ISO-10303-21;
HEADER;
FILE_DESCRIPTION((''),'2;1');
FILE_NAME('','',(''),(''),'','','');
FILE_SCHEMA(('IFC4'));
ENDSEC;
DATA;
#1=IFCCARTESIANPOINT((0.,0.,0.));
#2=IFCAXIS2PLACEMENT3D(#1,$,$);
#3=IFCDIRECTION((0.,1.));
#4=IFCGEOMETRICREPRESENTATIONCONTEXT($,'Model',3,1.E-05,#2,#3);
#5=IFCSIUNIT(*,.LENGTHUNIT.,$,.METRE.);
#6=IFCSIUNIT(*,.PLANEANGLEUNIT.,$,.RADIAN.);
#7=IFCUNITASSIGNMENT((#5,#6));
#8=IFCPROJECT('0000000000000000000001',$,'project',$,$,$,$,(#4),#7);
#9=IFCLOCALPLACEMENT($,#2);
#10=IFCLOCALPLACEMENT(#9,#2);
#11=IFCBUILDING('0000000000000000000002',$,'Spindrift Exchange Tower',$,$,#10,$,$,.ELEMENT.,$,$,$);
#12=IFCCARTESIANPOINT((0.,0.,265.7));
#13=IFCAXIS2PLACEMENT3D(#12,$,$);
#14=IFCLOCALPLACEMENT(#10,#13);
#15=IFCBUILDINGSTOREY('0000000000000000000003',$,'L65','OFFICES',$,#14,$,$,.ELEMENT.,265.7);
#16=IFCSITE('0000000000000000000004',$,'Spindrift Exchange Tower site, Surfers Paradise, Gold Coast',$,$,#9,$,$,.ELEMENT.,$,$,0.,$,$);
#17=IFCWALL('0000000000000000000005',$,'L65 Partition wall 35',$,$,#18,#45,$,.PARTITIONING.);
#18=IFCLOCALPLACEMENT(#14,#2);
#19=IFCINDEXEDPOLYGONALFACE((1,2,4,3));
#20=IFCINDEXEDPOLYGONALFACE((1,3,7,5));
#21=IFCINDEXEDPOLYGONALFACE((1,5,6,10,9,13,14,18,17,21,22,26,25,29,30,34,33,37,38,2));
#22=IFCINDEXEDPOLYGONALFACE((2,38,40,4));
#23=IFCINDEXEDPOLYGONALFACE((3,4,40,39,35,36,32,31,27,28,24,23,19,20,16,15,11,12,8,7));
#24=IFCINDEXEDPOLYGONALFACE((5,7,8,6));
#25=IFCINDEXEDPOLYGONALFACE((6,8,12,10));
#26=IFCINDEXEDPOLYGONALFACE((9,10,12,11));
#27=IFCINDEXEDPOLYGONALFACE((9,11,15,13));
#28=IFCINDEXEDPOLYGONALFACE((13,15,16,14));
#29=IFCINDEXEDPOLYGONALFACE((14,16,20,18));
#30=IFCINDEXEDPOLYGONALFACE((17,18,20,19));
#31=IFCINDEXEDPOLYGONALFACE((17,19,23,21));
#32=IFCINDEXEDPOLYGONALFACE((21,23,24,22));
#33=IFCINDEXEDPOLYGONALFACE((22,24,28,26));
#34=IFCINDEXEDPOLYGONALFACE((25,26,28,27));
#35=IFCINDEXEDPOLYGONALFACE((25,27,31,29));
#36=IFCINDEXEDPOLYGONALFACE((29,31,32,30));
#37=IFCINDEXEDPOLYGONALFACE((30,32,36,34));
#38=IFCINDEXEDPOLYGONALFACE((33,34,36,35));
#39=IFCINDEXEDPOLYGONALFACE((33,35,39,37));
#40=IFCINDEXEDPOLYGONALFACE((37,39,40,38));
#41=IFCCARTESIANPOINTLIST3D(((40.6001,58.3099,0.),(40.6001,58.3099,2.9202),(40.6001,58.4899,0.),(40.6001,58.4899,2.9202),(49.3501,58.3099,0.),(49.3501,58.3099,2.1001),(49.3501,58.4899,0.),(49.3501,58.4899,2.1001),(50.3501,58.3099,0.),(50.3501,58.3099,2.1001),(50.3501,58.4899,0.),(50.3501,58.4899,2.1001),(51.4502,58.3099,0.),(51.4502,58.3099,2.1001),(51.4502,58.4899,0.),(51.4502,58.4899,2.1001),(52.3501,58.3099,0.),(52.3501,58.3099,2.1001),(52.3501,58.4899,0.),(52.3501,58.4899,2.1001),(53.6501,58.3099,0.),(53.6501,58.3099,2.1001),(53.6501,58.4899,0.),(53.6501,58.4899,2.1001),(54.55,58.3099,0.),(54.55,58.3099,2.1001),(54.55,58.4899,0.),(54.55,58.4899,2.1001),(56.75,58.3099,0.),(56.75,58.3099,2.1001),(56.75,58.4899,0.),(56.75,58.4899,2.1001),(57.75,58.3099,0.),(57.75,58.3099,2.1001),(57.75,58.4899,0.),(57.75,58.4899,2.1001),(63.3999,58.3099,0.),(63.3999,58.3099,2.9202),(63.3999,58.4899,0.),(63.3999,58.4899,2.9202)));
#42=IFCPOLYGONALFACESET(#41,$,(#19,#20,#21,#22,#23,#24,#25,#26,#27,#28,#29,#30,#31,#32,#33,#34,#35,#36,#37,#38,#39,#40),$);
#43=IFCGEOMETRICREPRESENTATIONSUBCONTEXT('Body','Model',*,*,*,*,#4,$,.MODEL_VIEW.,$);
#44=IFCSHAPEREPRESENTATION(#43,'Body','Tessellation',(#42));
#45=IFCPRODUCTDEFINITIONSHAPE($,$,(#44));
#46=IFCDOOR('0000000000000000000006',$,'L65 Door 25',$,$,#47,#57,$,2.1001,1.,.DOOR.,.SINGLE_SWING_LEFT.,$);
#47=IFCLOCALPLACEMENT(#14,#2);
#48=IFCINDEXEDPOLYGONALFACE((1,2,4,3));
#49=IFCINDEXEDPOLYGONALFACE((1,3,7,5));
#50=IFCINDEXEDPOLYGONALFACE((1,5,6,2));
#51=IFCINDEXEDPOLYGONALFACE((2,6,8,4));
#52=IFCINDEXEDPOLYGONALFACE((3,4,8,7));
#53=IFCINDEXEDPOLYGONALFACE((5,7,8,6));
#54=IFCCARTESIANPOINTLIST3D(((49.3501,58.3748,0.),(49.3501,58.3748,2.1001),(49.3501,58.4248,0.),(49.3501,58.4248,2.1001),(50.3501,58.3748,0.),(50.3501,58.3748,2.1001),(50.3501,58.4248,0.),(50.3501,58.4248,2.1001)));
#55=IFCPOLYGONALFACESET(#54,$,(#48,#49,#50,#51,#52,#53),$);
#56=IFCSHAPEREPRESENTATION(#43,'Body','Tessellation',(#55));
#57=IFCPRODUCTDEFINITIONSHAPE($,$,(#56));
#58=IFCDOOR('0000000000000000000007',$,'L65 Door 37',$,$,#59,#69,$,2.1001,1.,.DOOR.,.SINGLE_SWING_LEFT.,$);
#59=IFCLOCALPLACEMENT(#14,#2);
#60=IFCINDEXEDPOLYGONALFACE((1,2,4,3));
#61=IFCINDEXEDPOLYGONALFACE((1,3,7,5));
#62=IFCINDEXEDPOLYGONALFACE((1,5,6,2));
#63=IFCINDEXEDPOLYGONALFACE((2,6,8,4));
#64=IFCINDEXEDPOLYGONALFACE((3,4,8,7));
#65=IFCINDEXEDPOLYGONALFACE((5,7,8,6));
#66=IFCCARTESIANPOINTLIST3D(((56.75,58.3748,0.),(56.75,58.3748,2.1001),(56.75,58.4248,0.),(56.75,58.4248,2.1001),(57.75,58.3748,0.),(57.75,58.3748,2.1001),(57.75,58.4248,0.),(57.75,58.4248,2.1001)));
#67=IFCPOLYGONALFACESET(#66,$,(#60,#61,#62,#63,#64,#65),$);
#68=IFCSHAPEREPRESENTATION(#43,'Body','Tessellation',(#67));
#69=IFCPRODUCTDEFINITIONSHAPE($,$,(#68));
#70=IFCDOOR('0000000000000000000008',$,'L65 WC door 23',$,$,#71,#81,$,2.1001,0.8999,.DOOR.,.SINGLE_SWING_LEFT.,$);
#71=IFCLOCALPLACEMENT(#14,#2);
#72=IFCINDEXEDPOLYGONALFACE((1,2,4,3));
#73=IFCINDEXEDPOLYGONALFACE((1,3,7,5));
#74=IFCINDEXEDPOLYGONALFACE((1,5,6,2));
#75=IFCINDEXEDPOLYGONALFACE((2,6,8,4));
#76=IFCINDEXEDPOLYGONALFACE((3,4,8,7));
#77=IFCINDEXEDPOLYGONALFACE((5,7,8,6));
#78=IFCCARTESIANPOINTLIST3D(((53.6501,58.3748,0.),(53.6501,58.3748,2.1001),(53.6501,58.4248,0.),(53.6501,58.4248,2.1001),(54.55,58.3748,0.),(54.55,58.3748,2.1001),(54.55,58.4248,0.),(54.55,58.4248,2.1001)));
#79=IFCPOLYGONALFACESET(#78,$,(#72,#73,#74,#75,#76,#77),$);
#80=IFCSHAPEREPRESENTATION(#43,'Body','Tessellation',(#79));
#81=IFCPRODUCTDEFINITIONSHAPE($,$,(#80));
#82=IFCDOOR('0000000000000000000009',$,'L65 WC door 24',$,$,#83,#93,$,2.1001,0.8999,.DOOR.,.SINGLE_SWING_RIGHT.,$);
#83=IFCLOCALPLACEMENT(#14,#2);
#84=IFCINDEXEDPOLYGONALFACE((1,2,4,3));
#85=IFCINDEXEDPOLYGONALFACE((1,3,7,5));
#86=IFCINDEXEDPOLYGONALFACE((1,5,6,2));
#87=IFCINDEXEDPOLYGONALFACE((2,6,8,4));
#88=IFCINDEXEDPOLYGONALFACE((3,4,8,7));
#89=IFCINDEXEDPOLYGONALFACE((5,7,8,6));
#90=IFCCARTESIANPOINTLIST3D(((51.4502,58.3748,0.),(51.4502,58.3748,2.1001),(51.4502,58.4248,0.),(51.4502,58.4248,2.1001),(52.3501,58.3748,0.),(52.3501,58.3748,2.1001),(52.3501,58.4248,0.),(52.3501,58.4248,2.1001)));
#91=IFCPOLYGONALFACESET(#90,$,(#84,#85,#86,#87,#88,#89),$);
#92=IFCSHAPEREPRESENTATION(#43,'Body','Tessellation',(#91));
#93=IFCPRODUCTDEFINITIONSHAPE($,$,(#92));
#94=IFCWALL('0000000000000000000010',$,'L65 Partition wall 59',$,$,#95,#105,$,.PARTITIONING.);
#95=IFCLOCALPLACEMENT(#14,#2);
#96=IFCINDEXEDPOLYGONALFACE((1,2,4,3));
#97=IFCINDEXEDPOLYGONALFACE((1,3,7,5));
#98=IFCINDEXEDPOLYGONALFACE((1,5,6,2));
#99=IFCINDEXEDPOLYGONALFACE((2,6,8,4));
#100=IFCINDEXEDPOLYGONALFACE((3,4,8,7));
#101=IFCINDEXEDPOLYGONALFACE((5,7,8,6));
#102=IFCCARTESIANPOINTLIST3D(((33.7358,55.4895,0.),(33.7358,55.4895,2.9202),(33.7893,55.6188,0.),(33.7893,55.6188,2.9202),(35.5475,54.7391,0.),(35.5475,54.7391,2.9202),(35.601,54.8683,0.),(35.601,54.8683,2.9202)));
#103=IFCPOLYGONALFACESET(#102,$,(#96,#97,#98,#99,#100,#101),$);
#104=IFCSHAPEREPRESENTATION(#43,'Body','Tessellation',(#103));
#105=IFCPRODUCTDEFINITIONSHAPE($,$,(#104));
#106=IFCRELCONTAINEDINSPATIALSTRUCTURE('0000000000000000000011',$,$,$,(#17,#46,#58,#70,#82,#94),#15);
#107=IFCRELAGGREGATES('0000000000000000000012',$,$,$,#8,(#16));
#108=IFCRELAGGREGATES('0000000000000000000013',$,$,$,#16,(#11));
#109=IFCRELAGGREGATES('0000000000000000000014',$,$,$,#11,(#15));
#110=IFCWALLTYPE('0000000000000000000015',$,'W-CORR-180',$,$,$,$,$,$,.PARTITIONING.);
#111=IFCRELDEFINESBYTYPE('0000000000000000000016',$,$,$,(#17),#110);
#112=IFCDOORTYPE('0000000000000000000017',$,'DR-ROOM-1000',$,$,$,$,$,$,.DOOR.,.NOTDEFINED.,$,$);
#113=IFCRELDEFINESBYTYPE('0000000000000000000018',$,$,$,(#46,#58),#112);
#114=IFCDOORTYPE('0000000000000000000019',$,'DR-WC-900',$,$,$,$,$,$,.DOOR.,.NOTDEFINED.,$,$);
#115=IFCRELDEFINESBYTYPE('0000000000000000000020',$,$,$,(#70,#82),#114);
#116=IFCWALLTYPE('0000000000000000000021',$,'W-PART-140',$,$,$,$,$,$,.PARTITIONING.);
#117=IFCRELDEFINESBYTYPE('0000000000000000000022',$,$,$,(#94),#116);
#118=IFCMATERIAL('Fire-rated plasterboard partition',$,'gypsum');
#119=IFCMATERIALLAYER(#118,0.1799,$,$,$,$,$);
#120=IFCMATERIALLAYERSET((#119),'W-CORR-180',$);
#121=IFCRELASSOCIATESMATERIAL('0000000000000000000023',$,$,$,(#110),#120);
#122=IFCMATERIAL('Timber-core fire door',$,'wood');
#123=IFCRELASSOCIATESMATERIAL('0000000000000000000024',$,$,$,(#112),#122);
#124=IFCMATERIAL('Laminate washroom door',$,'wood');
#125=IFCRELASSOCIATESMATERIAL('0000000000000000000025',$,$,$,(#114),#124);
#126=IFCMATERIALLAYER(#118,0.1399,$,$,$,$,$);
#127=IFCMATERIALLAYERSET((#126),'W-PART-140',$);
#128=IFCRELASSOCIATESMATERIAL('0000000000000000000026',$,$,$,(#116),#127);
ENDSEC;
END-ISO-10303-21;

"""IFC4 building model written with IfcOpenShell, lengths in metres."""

from ifc_helpers import new_model, si_unit, direction, frame, frame_2d, origin, place, context, subcontext, project, spatial, rectangle, extrude, source, transform, mapped, material, layer, layer_set, type_object, element, fill, save


model = new_model("IFC4")

# Units and contexts
model_context = context("Model", 3, precision=1e-05, world=origin(), true_north=direction((0.0, 1.0)))
body_context = subcontext(model_context, "Body", "Model", "MODEL_VIEW")
ifc_project = project(units=[si_unit("LENGTHUNIT", "METRE"), si_unit("PLANEANGLEUNIT", "RADIAN")], contexts=[model_context])

# Site, building, storey
site_placement = place(None, origin())
site = spatial("IfcSite", under=ifc_project, at=site_placement, Name="Spindrift Exchange Tower site, Surfers Paradise, Gold Coast", CompositionType="ELEMENT", RefElevation=0.0)
building_placement = place(site_placement, origin())
building = spatial("IfcBuilding", under=site, at=building_placement, Name="Spindrift Exchange Tower", CompositionType="ELEMENT")
storey_placement = place(building_placement, frame((0.0, 0.0, 265.7)))
storey = spatial("IfcBuildingStorey", under=building, at=storey_placement, Name="L65", Description="OFFICES", CompositionType="ELEMENT", Elevation=265.7)

# Wall, openings, doors
ifc_material_1 = material(Name="Fire-rated plasterboard partition", Category="gypsum")
ifc_layer_1 = layer(ifc_material_1, 0.1799)
ifc_layer_set_1 = layer_set([ifc_layer_1], Name="W-CORR-180")
wall_type_1 = type_object("IfcWallType", Name="W-CORR-180", PredefinedType="PARTITIONING", material=ifc_layer_set_1)
wall_1_placement = place(storey_placement, frame((40.6001, 58.3999, 0.0), z_axis=(0.0, 0.0, 1.0), x_axis=(1.0, 0.0, 0.0)))
wall_1 = element("IfcWall", 1, at=wall_1_placement, inside=storey, type_object=wall_type_1, Name="L65 Partition wall 35", PredefinedType="PARTITIONING", context=body_context, shape_type="SweptSolid", body=[
    extrude(rectangle(XDim=22.7998, YDim=0.1799, at=frame_2d((11.3999, 0.0))), origin(), (0.0, 0.0, 1.0), 2.9202),
])
opening_1_placement = place(wall_1_placement, frame((13.05, 0.0, 0.0)))
opening_1 = element("IfcOpeningElement", 2, at=opening_1_placement, cuts=wall_1, PredefinedType="OPENING", context=body_context, shape_type="SweptSolid", body=[
    extrude(rectangle(XDim=0.8999, YDim=2.1001, at=frame_2d((0.45, 1.05))), frame((0.0, 0.0999, 0.0), z_axis=(0.0, -1.0, 0.0), x_axis=(1.0, 0.0, 0.0)), (0.0, 0.0, 1.0), 0.2),
])
opening_2_placement = place(wall_1_placement, frame((10.8501, 0.0, 0.0)))
opening_2 = element("IfcOpeningElement", 3, at=opening_2_placement, cuts=wall_1, PredefinedType="OPENING", context=body_context, shape_type="SweptSolid", body=[
    extrude(rectangle(XDim=0.8999, YDim=2.1001, at=frame_2d((0.45, 1.05))), frame((0.0, 0.0999, 0.0), z_axis=(0.0, -1.0, 0.0), x_axis=(1.0, 0.0, 0.0)), (0.0, 0.0, 1.0), 0.2),
])
opening_3_placement = place(wall_1_placement, frame((8.75, 0.0, 0.0)))
opening_3 = element("IfcOpeningElement", 4, at=opening_3_placement, cuts=wall_1, PredefinedType="OPENING", context=body_context, shape_type="SweptSolid", body=[
    extrude(rectangle(XDim=1.0, YDim=2.1001, at=frame_2d((0.5, 1.05))), frame((0.0, 0.0999, 0.0), z_axis=(0.0, -1.0, 0.0), x_axis=(1.0, 0.0, 0.0)), (0.0, 0.0, 1.0), 0.2),
])
opening_4_placement = place(wall_1_placement, frame((16.1499, 0.0, 0.0)))
opening_4 = element("IfcOpeningElement", 5, at=opening_4_placement, cuts=wall_1, PredefinedType="OPENING", context=body_context, shape_type="SweptSolid", body=[
    extrude(rectangle(XDim=1.0, YDim=2.1001, at=frame_2d((0.5, 1.05))), frame((0.0, 0.0999, 0.0), z_axis=(0.0, -1.0, 0.0), x_axis=(1.0, 0.0, 0.0)), (0.0, 0.0, 1.0), 0.2),
])
ifc_material_2 = material(Name="Timber-core fire door", Category="wood")
door_type_1 = type_object("IfcDoorType", Name="DR-ROOM-1000", OperationType="NOTDEFINED", PredefinedType="DOOR", material=ifc_material_2)
shared_shape_1 = source(origin(), body_context, "Body", "SweptSolid", [
    extrude(rectangle(XDim=1.0, YDim=2.1001, at=frame_2d((0.5, 1.05))), frame((0.0, 0.0249, 0.0), z_axis=(0.0, -1.0, 0.0), x_axis=(1.0, 0.0, 0.0)), (0.0, 0.0, 1.0), 0.05),
])
door_1_placement = place(opening_3_placement, origin())
door_1 = element("IfcDoor", 6, at=door_1_placement, inside=storey, type_object=door_type_1, Name="L65 Door 25", OperationType="SINGLE_SWING_LEFT", OverallHeight=2.1001, OverallWidth=1.0, PredefinedType="DOOR", context=body_context, shape_type="MappedRepresentation", body=[
    mapped(shared_shape_1, transform((0.0, 0.0, 0.0), scale=1.0)),
])
fill(opening_3, door_1)
door_2_placement = place(opening_4_placement, origin())
door_2 = element("IfcDoor", 7, at=door_2_placement, inside=storey, type_object=door_type_1, Name="L65 Door 37", OperationType="SINGLE_SWING_LEFT", OverallHeight=2.1001, OverallWidth=1.0, PredefinedType="DOOR", context=body_context, shape_type="MappedRepresentation", body=[
    mapped(shared_shape_1, transform((0.0, 0.0, 0.0), scale=1.0)),
])
fill(opening_4, door_2)
ifc_material_3 = material(Name="Laminate washroom door", Category="wood")
door_type_2 = type_object("IfcDoorType", Name="DR-WC-900", OperationType="NOTDEFINED", PredefinedType="DOOR", material=ifc_material_3)
shared_shape_2 = source(origin(), body_context, "Body", "SweptSolid", [
    extrude(rectangle(XDim=0.8999, YDim=2.1001, at=frame_2d((0.45, 1.05))), frame((0.0, 0.0249, 0.0), z_axis=(0.0, -1.0, 0.0), x_axis=(1.0, 0.0, 0.0)), (0.0, 0.0, 1.0), 0.05),
])
door_3_placement = place(opening_1_placement, origin())
door_3 = element("IfcDoor", 8, at=door_3_placement, inside=storey, type_object=door_type_2, Name="L65 WC door 23", OperationType="SINGLE_SWING_LEFT", OverallHeight=2.1001, OverallWidth=0.8999, PredefinedType="DOOR", context=body_context, shape_type="MappedRepresentation", body=[
    mapped(shared_shape_2, transform((0.0, 0.0, 0.0), scale=1.0)),
])
fill(opening_1, door_3)
door_4_placement = place(opening_2_placement, origin())
door_4 = element("IfcDoor", 9, at=door_4_placement, inside=storey, type_object=door_type_2, Name="L65 WC door 24", OperationType="SINGLE_SWING_RIGHT", OverallHeight=2.1001, OverallWidth=0.8999, PredefinedType="DOOR", context=body_context, shape_type="MappedRepresentation", body=[
    mapped(shared_shape_2, transform((0.0, 0.0, 0.0), scale=1.0)),
])
fill(opening_2, door_4)

# Wall
ifc_layer_2 = layer(ifc_material_1, 0.1399)
ifc_layer_set_2 = layer_set([ifc_layer_2], Name="W-PART-140")
wall_type_2 = type_object("IfcWallType", Name="W-PART-140", PredefinedType="PARTITIONING", material=ifc_layer_set_2)
wall_2_placement = place(storey_placement, frame((35.5742, 54.8037, 0.0), z_axis=(0.0, 0.0, 1.0), x_axis=(-0.923874, 0.382696, 0.0)))
element("IfcWall", 10, at=wall_2_placement, inside=storey, type_object=wall_type_2, Name="L65 Partition wall 59", PredefinedType="PARTITIONING", context=body_context, shape_type="SweptSolid", body=[
    extrude(rectangle(XDim=1.9609, YDim=0.1399, at=frame_2d((0.9805, 0.0))), origin(), (0.0, 0.0, 1.0), 2.9202),
])

save(model, "model.ifc")
